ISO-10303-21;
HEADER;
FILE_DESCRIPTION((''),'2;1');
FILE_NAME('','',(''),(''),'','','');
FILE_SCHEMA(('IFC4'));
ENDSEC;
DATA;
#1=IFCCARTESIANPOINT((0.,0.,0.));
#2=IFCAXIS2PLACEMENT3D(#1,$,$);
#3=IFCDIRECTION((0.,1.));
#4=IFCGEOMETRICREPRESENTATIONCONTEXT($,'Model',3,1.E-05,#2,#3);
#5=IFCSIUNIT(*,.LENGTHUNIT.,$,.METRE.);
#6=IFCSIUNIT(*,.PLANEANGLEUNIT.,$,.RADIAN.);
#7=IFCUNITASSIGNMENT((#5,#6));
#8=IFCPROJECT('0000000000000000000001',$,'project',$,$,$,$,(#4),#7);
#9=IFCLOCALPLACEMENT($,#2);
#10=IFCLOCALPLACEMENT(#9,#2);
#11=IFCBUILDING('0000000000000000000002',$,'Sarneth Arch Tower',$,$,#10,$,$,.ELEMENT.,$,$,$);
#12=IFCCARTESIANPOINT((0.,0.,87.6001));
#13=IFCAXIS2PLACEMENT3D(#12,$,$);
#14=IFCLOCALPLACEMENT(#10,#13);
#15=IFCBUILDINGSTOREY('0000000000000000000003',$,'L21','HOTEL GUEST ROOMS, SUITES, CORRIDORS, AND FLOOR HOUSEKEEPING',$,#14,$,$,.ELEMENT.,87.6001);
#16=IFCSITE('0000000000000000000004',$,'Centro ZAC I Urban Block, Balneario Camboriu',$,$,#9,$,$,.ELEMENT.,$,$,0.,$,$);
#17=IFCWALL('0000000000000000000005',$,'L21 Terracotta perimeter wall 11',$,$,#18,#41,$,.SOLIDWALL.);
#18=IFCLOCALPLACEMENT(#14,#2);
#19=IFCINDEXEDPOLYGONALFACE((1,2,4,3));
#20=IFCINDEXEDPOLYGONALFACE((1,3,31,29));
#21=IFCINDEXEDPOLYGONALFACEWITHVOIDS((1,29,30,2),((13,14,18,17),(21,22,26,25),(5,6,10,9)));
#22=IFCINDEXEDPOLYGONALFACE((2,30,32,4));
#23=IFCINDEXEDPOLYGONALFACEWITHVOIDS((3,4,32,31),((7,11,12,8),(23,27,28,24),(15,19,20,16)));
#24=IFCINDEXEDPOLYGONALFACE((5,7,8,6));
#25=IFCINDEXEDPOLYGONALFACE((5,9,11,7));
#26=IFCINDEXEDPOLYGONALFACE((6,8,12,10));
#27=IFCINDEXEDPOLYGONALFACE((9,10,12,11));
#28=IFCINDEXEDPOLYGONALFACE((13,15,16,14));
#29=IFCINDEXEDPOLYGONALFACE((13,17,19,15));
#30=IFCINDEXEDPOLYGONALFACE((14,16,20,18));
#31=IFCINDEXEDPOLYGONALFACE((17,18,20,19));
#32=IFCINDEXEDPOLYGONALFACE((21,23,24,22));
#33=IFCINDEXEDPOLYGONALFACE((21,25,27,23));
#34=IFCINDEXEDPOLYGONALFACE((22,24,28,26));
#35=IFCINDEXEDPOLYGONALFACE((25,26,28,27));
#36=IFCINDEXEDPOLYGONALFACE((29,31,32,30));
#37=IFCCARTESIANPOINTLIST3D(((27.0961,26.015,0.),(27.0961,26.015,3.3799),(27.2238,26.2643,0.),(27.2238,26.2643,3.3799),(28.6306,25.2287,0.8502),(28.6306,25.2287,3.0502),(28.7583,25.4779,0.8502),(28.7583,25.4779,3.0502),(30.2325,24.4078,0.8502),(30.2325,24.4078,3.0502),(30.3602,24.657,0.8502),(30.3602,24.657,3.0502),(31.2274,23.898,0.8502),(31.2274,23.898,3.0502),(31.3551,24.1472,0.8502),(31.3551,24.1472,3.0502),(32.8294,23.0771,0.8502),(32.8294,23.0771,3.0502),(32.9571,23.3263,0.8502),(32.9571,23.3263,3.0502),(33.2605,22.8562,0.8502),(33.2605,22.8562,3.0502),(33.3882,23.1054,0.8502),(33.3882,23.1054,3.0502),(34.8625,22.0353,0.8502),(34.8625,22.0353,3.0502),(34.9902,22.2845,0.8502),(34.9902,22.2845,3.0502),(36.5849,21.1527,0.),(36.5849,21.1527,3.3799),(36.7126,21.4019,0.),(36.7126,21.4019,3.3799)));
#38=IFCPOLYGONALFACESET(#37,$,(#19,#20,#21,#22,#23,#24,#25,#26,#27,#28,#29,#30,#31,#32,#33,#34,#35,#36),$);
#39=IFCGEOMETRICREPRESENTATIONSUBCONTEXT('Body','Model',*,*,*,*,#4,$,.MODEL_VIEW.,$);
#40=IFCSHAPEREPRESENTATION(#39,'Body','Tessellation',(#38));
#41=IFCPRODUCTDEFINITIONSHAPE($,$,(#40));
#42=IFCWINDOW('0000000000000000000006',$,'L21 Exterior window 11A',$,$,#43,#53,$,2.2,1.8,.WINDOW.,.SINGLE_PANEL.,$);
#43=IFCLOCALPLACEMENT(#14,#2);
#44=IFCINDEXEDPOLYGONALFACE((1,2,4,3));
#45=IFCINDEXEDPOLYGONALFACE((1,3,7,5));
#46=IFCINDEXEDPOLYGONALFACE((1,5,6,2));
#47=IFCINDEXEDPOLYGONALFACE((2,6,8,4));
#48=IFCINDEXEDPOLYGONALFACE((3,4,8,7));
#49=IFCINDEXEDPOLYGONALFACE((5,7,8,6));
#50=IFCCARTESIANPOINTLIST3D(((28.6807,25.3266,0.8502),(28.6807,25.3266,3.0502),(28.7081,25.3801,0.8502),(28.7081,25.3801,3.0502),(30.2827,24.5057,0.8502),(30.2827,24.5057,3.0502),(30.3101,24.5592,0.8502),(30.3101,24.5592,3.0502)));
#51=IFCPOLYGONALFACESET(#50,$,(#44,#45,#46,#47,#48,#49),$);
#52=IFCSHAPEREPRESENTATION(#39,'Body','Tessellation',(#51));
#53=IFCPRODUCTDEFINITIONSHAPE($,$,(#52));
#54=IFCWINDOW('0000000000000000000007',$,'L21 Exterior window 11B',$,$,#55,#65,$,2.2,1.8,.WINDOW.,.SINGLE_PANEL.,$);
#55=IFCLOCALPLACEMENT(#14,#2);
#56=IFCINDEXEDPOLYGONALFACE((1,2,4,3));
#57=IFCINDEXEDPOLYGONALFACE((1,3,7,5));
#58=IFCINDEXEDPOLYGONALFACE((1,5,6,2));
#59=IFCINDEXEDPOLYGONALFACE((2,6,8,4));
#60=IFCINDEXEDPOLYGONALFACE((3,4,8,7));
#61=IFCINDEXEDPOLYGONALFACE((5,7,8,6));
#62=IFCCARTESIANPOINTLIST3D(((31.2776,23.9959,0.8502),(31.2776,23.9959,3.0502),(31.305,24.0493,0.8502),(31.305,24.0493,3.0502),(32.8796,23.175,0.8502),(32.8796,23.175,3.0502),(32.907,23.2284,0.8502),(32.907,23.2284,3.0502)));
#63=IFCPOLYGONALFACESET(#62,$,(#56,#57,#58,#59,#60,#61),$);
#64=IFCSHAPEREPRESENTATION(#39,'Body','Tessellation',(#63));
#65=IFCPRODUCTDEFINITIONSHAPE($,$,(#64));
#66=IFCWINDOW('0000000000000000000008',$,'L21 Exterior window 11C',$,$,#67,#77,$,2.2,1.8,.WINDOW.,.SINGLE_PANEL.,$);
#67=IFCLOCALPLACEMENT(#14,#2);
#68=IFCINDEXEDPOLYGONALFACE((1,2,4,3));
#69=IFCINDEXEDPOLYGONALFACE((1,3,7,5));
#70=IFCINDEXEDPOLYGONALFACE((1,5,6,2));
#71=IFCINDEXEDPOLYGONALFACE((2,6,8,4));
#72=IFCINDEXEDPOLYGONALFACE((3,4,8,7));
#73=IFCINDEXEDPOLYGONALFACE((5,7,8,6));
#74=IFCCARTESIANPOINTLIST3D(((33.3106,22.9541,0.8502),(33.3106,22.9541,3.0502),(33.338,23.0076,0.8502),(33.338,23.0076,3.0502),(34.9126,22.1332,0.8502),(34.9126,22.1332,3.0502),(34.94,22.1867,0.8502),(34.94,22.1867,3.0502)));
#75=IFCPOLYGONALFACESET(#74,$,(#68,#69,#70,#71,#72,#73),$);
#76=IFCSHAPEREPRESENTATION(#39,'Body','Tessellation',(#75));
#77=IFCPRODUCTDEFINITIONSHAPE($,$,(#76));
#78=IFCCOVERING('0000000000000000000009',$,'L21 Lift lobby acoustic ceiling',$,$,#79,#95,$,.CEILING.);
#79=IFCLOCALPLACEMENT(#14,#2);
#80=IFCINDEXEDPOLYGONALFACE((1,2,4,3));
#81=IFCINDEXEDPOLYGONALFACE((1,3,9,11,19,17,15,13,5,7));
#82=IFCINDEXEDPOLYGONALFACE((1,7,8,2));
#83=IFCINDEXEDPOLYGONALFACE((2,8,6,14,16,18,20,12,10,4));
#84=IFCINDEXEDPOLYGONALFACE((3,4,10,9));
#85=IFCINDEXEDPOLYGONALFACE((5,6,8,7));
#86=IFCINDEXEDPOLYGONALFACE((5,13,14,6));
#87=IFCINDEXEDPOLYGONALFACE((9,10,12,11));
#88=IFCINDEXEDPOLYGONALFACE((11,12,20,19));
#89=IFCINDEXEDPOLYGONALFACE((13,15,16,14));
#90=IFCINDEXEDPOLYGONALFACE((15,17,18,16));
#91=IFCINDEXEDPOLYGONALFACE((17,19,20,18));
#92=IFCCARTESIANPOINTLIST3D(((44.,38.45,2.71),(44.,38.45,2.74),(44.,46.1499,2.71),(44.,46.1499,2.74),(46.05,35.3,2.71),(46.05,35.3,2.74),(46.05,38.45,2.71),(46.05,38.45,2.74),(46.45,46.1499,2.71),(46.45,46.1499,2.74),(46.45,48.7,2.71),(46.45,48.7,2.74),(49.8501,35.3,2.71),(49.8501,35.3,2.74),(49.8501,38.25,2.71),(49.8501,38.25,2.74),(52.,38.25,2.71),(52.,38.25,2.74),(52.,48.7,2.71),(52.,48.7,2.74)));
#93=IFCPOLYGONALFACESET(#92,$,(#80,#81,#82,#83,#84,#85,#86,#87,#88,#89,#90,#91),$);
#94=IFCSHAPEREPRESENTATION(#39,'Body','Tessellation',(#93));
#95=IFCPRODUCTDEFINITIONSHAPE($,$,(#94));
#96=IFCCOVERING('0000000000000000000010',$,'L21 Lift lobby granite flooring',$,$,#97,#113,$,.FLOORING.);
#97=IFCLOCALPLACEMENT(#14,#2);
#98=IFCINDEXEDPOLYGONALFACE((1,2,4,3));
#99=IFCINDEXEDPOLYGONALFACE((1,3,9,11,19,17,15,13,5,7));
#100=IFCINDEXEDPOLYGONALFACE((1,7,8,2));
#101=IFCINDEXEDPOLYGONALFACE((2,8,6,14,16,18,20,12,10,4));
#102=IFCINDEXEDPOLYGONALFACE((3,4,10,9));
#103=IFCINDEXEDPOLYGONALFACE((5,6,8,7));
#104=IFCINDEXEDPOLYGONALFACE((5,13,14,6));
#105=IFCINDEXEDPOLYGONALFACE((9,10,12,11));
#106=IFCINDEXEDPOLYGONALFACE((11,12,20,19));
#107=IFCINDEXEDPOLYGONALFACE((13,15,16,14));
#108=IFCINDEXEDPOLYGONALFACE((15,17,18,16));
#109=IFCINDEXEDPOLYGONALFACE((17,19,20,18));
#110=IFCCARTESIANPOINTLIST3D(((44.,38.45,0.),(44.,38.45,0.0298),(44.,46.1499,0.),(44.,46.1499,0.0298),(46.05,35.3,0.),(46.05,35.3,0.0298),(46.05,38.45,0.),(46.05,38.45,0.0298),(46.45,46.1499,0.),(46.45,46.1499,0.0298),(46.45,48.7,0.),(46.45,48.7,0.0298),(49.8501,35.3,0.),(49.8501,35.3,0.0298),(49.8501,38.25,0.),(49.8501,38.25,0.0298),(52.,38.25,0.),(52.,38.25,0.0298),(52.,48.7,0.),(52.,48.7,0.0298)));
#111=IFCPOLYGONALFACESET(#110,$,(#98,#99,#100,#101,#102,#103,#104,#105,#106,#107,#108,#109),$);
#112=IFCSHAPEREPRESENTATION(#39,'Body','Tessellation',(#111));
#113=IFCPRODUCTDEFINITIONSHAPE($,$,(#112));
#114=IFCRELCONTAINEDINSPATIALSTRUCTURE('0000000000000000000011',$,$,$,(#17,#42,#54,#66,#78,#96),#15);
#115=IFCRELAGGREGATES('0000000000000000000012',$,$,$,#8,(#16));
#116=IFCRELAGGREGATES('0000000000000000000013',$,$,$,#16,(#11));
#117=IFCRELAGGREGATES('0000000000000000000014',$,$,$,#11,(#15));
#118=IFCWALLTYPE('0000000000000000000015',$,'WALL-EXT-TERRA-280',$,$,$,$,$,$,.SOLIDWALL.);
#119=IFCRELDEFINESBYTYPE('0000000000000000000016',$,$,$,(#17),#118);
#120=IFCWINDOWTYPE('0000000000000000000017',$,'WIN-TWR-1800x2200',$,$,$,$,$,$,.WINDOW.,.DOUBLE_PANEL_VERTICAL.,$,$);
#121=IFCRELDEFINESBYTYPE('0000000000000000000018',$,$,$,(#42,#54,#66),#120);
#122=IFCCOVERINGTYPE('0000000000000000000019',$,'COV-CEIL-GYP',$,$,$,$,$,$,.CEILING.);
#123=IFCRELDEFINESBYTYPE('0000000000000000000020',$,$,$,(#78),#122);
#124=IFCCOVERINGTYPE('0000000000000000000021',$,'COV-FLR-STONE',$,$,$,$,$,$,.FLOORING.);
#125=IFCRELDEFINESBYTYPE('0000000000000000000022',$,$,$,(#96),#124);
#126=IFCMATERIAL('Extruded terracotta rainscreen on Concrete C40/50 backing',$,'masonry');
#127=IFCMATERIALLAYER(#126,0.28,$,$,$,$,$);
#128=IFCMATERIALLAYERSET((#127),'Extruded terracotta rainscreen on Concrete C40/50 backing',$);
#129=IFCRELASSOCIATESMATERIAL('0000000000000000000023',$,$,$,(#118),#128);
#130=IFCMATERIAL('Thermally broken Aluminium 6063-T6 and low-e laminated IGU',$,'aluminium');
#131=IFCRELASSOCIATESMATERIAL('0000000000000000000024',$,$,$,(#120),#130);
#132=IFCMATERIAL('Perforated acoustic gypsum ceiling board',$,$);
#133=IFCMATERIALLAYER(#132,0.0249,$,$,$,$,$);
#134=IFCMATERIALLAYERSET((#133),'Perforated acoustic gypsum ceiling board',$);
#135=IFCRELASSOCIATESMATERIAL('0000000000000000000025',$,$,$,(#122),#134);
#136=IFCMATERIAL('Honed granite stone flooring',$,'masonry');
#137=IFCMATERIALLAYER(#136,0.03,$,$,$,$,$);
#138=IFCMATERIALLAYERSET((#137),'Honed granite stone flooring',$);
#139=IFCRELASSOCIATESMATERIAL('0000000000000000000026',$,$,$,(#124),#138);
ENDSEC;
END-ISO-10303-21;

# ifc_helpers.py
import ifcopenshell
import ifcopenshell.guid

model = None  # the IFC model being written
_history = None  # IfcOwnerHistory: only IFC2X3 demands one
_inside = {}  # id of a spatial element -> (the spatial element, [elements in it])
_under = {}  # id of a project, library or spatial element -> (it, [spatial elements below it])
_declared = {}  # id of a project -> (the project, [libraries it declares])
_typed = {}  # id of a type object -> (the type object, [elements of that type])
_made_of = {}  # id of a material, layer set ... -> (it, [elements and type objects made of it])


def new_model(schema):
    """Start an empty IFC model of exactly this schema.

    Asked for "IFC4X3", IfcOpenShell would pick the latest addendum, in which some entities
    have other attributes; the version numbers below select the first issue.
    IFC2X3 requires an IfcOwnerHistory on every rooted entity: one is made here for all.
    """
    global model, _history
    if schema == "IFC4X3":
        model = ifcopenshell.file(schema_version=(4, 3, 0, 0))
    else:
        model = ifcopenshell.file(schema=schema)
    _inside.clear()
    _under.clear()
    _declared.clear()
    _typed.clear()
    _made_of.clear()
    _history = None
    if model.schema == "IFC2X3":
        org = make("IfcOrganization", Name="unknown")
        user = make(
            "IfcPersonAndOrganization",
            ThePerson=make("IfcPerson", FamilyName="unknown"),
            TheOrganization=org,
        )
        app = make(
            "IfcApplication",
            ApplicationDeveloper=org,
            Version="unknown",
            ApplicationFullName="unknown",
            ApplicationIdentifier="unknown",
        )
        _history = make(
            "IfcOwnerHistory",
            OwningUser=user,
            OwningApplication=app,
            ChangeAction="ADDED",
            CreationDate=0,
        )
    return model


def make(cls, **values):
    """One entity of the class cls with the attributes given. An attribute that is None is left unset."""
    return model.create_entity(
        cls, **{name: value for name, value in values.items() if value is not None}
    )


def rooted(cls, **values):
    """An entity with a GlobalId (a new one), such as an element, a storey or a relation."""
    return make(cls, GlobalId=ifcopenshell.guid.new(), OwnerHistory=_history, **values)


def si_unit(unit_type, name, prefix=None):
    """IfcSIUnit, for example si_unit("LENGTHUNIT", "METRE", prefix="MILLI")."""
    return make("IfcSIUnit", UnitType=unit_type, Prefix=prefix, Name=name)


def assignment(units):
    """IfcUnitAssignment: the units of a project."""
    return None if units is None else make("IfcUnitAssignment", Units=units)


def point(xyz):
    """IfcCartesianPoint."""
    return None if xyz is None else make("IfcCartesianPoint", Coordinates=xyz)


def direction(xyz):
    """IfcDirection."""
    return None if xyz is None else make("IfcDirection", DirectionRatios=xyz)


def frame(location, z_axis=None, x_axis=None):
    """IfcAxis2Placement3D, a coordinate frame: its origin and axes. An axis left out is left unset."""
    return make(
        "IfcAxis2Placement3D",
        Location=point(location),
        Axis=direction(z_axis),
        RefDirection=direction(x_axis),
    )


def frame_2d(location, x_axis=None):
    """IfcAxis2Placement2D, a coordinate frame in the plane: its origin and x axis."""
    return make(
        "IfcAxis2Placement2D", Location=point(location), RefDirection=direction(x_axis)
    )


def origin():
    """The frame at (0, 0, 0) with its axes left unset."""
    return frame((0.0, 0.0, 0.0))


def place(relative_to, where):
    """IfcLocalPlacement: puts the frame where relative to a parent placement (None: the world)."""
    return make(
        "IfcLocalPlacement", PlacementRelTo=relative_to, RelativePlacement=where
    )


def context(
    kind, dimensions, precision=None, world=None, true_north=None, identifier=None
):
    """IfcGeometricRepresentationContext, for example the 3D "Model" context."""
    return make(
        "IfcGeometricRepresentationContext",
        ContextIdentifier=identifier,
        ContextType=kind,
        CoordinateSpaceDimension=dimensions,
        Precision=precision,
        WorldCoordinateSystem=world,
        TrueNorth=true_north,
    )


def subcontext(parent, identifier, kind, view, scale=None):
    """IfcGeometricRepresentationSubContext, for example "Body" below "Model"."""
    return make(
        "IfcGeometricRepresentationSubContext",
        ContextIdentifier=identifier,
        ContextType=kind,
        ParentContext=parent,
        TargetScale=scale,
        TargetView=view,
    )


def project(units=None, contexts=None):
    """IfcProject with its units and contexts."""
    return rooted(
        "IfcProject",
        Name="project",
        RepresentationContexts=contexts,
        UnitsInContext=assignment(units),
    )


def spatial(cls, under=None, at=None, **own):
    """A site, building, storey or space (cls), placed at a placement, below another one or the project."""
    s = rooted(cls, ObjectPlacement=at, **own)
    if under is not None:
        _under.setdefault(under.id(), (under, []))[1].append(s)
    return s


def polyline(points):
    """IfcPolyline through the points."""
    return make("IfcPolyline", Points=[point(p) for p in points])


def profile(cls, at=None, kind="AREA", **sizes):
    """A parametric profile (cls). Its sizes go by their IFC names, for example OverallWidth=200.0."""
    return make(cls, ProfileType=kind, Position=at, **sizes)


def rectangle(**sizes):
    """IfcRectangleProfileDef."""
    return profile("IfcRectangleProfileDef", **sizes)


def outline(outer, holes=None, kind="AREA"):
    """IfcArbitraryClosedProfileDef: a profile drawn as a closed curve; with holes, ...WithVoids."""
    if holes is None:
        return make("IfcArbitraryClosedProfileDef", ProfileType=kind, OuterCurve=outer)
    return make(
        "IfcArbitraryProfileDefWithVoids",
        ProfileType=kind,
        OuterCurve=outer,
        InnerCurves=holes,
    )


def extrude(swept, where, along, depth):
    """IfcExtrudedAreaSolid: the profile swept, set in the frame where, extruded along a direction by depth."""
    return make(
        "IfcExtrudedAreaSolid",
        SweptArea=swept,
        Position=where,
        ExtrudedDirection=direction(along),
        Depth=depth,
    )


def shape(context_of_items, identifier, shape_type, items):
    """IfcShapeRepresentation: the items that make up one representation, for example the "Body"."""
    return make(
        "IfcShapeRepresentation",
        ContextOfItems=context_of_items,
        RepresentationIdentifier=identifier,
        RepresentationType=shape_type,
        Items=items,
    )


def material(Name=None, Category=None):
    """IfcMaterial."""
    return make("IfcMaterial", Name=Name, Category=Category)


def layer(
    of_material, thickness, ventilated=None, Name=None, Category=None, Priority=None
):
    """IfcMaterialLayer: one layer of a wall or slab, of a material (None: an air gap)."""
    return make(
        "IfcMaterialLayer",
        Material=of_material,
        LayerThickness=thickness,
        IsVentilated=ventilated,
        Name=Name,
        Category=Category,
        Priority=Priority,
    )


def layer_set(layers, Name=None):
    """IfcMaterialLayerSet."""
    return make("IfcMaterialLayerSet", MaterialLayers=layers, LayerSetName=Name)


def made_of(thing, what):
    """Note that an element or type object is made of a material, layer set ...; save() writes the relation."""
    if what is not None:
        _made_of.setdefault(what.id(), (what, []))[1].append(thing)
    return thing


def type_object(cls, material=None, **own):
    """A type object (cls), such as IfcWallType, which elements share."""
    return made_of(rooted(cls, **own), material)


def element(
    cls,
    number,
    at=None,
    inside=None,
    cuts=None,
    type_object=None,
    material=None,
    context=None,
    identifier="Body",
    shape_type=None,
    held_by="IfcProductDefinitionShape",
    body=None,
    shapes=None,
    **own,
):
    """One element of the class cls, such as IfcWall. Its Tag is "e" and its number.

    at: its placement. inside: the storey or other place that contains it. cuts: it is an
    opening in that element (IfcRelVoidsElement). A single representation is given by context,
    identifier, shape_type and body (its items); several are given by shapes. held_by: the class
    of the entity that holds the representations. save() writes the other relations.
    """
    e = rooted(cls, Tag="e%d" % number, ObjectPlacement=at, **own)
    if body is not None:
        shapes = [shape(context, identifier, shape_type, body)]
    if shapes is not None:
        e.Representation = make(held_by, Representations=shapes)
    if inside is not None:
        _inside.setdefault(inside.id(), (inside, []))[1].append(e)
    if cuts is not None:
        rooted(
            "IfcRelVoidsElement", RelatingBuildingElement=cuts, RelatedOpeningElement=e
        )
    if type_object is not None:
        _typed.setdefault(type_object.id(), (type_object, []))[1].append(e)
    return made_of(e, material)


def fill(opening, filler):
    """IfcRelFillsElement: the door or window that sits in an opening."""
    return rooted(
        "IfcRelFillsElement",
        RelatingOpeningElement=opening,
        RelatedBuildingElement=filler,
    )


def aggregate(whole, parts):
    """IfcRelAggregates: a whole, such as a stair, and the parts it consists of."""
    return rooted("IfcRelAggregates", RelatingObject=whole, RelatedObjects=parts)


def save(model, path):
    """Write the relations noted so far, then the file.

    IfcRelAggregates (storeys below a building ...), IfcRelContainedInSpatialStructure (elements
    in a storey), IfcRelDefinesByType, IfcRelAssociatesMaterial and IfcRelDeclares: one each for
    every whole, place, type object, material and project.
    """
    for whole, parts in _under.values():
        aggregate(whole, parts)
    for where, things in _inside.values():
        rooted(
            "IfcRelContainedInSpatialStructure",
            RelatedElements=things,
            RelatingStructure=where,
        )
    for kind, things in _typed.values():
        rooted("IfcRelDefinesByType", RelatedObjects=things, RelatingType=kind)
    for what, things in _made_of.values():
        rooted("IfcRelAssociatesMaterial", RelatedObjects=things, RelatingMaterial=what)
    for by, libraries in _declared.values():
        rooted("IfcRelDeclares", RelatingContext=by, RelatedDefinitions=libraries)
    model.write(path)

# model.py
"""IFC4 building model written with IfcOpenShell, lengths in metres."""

from ifc_helpers import new_model, si_unit, direction, frame, frame_2d, origin, place, context, subcontext, project, spatial, polyline, rectangle, outline, extrude, material, layer, layer_set, type_object, element, fill, save


model = new_model("IFC4")

# Units and contexts
model_context = context("Model", 3, precision=1e-05, world=origin(), true_north=direction((0.0, 1.0)))
body_context = subcontext(model_context, "Body", "Model", "MODEL_VIEW")
ifc_project = project(units=[si_unit("LENGTHUNIT", "METRE"), si_unit("PLANEANGLEUNIT", "RADIAN")], contexts=[model_context])

# Site, building, storey
site_placement = place(None, origin())
site = spatial("IfcSite", under=ifc_project, at=site_placement, Name="Centro ZAC I Urban Block, Balneario Camboriu", CompositionType="ELEMENT", RefElevation=0.0)
building_placement = place(site_placement, origin())
building = spatial("IfcBuilding", under=site, at=building_placement, Name="Sarneth Arch Tower", CompositionType="ELEMENT")
storey_placement = place(building_placement, frame((0.0, 0.0, 87.6001)))
storey = spatial("IfcBuildingStorey", under=building, at=storey_placement, Name="L21", Description="HOTEL GUEST ROOMS, SUITES, CORRIDORS, AND FLOOR HOUSEKEEPING", CompositionType="ELEMENT", Elevation=87.6001)

# Wall, openings, windows
ifc_material_1 = material(Name="Extruded terracotta rainscreen on Concrete C40/50 backing", Category="masonry")
ifc_layer_1 = layer(ifc_material_1, 0.28)
ifc_layer_set_1 = layer_set([ifc_layer_1], Name="Extruded terracotta rainscreen on Concrete C40/50 backing")
wall_type = type_object("IfcWallType", Name="WALL-EXT-TERRA-280", PredefinedType="SOLIDWALL", material=ifc_layer_set_1)
wall_placement = place(storey_placement, frame((27.1599, 26.1396, 0.0), z_axis=(0.0, 0.0, 1.0), x_axis=(0.88996, -0.45604, 0.0)))
wall = element("IfcWall", 1, at=wall_placement, inside=storey, type_object=wall_type, Name="L21 Terracotta perimeter wall 11", PredefinedType="SOLIDWALL", context=body_context, shape_type="SweptSolid", body=[
    extrude(rectangle(XDim=10.6621, YDim=0.28, at=frame_2d((5.3311, 0.0))), origin(), (0.0, 0.0, 1.0), 3.3799),
])
opening_1_placement = place(wall_placement, frame((1.7244, 0.0, 0.8501)))
opening_1 = element("IfcOpeningElement", 2, at=opening_1_placement, cuts=wall, PredefinedType="OPENING", context=body_context, shape_type="SweptSolid", body=[
    extrude(rectangle(XDim=1.8, YDim=2.2, at=frame_2d((0.8999, 1.1001))), frame((0.0, 0.1499, 0.0), z_axis=(0.0, -1.0, 0.0), x_axis=(1.0, 0.0, 0.0)), (0.0, 0.0, 1.0), 0.3),
])
opening_2_placement = place(wall_placement, frame((4.6423, 0.0, 0.8501)))
opening_2 = element("IfcOpeningElement", 3, at=opening_2_placement, cuts=wall, PredefinedType="OPENING", context=body_context, shape_type="SweptSolid", body=[
    extrude(rectangle(XDim=1.8, YDim=2.2, at=frame_2d((0.8999, 1.1001))), frame((0.0, 0.1499, 0.0), z_axis=(0.0, -1.0, 0.0), x_axis=(1.0, 0.0, 0.0)), (0.0, 0.0, 1.0), 0.3),
])
opening_3_placement = place(wall_placement, frame((6.9268, 0.0, 0.8501)))
opening_3 = element("IfcOpeningElement", 4, at=opening_3_placement, cuts=wall, PredefinedType="OPENING", context=body_context, shape_type="SweptSolid", body=[
    extrude(rectangle(XDim=1.8, YDim=2.2, at=frame_2d((0.8999, 1.1001))), frame((0.0, 0.1499, 0.0), z_axis=(0.0, -1.0, 0.0), x_axis=(1.0, 0.0, 0.0)), (0.0, 0.0, 1.0), 0.3),
])
ifc_material_2 = material(Name="Thermally broken Aluminium 6063-T6 and low-e laminated IGU", Category="aluminium")
window_type = type_object("IfcWindowType", Name="WIN-TWR-1800x2200", PartitioningType="DOUBLE_PANEL_VERTICAL", PredefinedType="WINDOW", material=ifc_material_2)
window_1_placement = place(opening_1_placement, origin())
window_1 = element("IfcWindow", 5, at=window_1_placement, inside=storey, type_object=window_type, Name="L21 Exterior window 11A", OverallHeight=2.2, OverallWidth=1.8, PartitioningType="SINGLE_PANEL", PredefinedType="WINDOW", context=body_context, shape_type="SweptSolid", body=[
    extrude(rectangle(XDim=1.8, YDim=2.2, at=frame_2d((0.8999, 1.1001))), frame((0.0, 0.03, 0.0), z_axis=(0.0, -1.0, 0.0), x_axis=(1.0, 0.0, 0.0)), (0.0, 0.0, 1.0), 0.0601),
])
fill(opening_1, window_1)
window_2_placement = place(opening_2_placement, origin())
window_2 = element("IfcWindow", 6, at=window_2_placement, inside=storey, type_object=window_type, Name="L21 Exterior window 11B", OverallHeight=2.2, OverallWidth=1.8, PartitioningType="SINGLE_PANEL", PredefinedType="WINDOW", context=body_context, shape_type="SweptSolid", body=[
    extrude(rectangle(XDim=1.8, YDim=2.2, at=frame_2d((0.8999, 1.1001))), frame((0.0, 0.03, 0.0), z_axis=(0.0, -1.0, 0.0), x_axis=(1.0, 0.0, 0.0)), (0.0, 0.0, 1.0), 0.0601),
])
fill(opening_2, window_2)
window_3_placement = place(opening_3_placement, origin())
window_3 = element("IfcWindow", 7, at=window_3_placement, inside=storey, type_object=window_type, Name="L21 Exterior window 11C", OverallHeight=2.2, OverallWidth=1.8, PartitioningType="SINGLE_PANEL", PredefinedType="WINDOW", context=body_context, shape_type="SweptSolid", body=[
    extrude(rectangle(XDim=1.8, YDim=2.2, at=frame_2d((0.8999, 1.1001))), frame((0.0, 0.03, 0.0), z_axis=(0.0, -1.0, 0.0), x_axis=(1.0, 0.0, 0.0)), (0.0, 0.0, 1.0), 0.0601),
])
fill(opening_3, window_3)

# Coverings
ifc_material_3 = material(Name="Perforated acoustic gypsum ceiling board")
ifc_layer_2 = layer(ifc_material_3, 0.0249)
ifc_layer_set_2 = layer_set([ifc_layer_2], Name="Perforated acoustic gypsum ceiling board")
covering_type_1 = type_object("IfcCoveringType", Name="COV-CEIL-GYP", PredefinedType="CEILING", material=ifc_layer_set_2)
covering_1_placement = place(storey_placement, frame((0.0, 0.0, 2.71)))
element("IfcCovering", 8, at=covering_1_placement, inside=storey, type_object=covering_type_1, Name="L21 Lift lobby acoustic ceiling", PredefinedType="CEILING", context=body_context, shape_type="SweptSolid", body=[
    extrude(outline(polyline([(49.8501, 38.25), (49.8501, 35.3), (46.05, 35.3), (46.05, 38.45), (44.0, 38.45), (44.0, 46.1499), (46.45, 46.1499), (46.45, 48.7), (52.0, 48.7), (52.0, 38.25), (49.8501, 38.25)])), origin(), (0.0, 0.0, 1.0), 0.03),
])
ifc_material_4 = material(Name="Honed granite stone flooring", Category="masonry")
ifc_layer_3 = layer(ifc_material_4, 0.03)
ifc_layer_set_3 = layer_set([ifc_layer_3], Name="Honed granite stone flooring")
covering_type_2 = type_object("IfcCoveringType", Name="COV-FLR-STONE", PredefinedType="FLOORING", material=ifc_layer_set_3)
covering_2_placement = place(storey_placement, origin())
element("IfcCovering", 9, at=covering_2_placement, inside=storey, type_object=covering_type_2, Name="L21 Lift lobby granite flooring", PredefinedType="FLOORING", context=body_context, shape_type="SweptSolid", body=[
    extrude(outline(polyline([(49.8501, 38.25), (49.8501, 35.3), (46.05, 35.3), (46.05, 38.45), (44.0, 38.45), (44.0, 46.1499), (46.45, 46.1499), (46.45, 48.7), (52.0, 48.7), (52.0, 38.25), (49.8501, 38.25)])), origin(), (0.0, 0.0, 1.0), 0.0298),
])

save(model, "model.ifc")
